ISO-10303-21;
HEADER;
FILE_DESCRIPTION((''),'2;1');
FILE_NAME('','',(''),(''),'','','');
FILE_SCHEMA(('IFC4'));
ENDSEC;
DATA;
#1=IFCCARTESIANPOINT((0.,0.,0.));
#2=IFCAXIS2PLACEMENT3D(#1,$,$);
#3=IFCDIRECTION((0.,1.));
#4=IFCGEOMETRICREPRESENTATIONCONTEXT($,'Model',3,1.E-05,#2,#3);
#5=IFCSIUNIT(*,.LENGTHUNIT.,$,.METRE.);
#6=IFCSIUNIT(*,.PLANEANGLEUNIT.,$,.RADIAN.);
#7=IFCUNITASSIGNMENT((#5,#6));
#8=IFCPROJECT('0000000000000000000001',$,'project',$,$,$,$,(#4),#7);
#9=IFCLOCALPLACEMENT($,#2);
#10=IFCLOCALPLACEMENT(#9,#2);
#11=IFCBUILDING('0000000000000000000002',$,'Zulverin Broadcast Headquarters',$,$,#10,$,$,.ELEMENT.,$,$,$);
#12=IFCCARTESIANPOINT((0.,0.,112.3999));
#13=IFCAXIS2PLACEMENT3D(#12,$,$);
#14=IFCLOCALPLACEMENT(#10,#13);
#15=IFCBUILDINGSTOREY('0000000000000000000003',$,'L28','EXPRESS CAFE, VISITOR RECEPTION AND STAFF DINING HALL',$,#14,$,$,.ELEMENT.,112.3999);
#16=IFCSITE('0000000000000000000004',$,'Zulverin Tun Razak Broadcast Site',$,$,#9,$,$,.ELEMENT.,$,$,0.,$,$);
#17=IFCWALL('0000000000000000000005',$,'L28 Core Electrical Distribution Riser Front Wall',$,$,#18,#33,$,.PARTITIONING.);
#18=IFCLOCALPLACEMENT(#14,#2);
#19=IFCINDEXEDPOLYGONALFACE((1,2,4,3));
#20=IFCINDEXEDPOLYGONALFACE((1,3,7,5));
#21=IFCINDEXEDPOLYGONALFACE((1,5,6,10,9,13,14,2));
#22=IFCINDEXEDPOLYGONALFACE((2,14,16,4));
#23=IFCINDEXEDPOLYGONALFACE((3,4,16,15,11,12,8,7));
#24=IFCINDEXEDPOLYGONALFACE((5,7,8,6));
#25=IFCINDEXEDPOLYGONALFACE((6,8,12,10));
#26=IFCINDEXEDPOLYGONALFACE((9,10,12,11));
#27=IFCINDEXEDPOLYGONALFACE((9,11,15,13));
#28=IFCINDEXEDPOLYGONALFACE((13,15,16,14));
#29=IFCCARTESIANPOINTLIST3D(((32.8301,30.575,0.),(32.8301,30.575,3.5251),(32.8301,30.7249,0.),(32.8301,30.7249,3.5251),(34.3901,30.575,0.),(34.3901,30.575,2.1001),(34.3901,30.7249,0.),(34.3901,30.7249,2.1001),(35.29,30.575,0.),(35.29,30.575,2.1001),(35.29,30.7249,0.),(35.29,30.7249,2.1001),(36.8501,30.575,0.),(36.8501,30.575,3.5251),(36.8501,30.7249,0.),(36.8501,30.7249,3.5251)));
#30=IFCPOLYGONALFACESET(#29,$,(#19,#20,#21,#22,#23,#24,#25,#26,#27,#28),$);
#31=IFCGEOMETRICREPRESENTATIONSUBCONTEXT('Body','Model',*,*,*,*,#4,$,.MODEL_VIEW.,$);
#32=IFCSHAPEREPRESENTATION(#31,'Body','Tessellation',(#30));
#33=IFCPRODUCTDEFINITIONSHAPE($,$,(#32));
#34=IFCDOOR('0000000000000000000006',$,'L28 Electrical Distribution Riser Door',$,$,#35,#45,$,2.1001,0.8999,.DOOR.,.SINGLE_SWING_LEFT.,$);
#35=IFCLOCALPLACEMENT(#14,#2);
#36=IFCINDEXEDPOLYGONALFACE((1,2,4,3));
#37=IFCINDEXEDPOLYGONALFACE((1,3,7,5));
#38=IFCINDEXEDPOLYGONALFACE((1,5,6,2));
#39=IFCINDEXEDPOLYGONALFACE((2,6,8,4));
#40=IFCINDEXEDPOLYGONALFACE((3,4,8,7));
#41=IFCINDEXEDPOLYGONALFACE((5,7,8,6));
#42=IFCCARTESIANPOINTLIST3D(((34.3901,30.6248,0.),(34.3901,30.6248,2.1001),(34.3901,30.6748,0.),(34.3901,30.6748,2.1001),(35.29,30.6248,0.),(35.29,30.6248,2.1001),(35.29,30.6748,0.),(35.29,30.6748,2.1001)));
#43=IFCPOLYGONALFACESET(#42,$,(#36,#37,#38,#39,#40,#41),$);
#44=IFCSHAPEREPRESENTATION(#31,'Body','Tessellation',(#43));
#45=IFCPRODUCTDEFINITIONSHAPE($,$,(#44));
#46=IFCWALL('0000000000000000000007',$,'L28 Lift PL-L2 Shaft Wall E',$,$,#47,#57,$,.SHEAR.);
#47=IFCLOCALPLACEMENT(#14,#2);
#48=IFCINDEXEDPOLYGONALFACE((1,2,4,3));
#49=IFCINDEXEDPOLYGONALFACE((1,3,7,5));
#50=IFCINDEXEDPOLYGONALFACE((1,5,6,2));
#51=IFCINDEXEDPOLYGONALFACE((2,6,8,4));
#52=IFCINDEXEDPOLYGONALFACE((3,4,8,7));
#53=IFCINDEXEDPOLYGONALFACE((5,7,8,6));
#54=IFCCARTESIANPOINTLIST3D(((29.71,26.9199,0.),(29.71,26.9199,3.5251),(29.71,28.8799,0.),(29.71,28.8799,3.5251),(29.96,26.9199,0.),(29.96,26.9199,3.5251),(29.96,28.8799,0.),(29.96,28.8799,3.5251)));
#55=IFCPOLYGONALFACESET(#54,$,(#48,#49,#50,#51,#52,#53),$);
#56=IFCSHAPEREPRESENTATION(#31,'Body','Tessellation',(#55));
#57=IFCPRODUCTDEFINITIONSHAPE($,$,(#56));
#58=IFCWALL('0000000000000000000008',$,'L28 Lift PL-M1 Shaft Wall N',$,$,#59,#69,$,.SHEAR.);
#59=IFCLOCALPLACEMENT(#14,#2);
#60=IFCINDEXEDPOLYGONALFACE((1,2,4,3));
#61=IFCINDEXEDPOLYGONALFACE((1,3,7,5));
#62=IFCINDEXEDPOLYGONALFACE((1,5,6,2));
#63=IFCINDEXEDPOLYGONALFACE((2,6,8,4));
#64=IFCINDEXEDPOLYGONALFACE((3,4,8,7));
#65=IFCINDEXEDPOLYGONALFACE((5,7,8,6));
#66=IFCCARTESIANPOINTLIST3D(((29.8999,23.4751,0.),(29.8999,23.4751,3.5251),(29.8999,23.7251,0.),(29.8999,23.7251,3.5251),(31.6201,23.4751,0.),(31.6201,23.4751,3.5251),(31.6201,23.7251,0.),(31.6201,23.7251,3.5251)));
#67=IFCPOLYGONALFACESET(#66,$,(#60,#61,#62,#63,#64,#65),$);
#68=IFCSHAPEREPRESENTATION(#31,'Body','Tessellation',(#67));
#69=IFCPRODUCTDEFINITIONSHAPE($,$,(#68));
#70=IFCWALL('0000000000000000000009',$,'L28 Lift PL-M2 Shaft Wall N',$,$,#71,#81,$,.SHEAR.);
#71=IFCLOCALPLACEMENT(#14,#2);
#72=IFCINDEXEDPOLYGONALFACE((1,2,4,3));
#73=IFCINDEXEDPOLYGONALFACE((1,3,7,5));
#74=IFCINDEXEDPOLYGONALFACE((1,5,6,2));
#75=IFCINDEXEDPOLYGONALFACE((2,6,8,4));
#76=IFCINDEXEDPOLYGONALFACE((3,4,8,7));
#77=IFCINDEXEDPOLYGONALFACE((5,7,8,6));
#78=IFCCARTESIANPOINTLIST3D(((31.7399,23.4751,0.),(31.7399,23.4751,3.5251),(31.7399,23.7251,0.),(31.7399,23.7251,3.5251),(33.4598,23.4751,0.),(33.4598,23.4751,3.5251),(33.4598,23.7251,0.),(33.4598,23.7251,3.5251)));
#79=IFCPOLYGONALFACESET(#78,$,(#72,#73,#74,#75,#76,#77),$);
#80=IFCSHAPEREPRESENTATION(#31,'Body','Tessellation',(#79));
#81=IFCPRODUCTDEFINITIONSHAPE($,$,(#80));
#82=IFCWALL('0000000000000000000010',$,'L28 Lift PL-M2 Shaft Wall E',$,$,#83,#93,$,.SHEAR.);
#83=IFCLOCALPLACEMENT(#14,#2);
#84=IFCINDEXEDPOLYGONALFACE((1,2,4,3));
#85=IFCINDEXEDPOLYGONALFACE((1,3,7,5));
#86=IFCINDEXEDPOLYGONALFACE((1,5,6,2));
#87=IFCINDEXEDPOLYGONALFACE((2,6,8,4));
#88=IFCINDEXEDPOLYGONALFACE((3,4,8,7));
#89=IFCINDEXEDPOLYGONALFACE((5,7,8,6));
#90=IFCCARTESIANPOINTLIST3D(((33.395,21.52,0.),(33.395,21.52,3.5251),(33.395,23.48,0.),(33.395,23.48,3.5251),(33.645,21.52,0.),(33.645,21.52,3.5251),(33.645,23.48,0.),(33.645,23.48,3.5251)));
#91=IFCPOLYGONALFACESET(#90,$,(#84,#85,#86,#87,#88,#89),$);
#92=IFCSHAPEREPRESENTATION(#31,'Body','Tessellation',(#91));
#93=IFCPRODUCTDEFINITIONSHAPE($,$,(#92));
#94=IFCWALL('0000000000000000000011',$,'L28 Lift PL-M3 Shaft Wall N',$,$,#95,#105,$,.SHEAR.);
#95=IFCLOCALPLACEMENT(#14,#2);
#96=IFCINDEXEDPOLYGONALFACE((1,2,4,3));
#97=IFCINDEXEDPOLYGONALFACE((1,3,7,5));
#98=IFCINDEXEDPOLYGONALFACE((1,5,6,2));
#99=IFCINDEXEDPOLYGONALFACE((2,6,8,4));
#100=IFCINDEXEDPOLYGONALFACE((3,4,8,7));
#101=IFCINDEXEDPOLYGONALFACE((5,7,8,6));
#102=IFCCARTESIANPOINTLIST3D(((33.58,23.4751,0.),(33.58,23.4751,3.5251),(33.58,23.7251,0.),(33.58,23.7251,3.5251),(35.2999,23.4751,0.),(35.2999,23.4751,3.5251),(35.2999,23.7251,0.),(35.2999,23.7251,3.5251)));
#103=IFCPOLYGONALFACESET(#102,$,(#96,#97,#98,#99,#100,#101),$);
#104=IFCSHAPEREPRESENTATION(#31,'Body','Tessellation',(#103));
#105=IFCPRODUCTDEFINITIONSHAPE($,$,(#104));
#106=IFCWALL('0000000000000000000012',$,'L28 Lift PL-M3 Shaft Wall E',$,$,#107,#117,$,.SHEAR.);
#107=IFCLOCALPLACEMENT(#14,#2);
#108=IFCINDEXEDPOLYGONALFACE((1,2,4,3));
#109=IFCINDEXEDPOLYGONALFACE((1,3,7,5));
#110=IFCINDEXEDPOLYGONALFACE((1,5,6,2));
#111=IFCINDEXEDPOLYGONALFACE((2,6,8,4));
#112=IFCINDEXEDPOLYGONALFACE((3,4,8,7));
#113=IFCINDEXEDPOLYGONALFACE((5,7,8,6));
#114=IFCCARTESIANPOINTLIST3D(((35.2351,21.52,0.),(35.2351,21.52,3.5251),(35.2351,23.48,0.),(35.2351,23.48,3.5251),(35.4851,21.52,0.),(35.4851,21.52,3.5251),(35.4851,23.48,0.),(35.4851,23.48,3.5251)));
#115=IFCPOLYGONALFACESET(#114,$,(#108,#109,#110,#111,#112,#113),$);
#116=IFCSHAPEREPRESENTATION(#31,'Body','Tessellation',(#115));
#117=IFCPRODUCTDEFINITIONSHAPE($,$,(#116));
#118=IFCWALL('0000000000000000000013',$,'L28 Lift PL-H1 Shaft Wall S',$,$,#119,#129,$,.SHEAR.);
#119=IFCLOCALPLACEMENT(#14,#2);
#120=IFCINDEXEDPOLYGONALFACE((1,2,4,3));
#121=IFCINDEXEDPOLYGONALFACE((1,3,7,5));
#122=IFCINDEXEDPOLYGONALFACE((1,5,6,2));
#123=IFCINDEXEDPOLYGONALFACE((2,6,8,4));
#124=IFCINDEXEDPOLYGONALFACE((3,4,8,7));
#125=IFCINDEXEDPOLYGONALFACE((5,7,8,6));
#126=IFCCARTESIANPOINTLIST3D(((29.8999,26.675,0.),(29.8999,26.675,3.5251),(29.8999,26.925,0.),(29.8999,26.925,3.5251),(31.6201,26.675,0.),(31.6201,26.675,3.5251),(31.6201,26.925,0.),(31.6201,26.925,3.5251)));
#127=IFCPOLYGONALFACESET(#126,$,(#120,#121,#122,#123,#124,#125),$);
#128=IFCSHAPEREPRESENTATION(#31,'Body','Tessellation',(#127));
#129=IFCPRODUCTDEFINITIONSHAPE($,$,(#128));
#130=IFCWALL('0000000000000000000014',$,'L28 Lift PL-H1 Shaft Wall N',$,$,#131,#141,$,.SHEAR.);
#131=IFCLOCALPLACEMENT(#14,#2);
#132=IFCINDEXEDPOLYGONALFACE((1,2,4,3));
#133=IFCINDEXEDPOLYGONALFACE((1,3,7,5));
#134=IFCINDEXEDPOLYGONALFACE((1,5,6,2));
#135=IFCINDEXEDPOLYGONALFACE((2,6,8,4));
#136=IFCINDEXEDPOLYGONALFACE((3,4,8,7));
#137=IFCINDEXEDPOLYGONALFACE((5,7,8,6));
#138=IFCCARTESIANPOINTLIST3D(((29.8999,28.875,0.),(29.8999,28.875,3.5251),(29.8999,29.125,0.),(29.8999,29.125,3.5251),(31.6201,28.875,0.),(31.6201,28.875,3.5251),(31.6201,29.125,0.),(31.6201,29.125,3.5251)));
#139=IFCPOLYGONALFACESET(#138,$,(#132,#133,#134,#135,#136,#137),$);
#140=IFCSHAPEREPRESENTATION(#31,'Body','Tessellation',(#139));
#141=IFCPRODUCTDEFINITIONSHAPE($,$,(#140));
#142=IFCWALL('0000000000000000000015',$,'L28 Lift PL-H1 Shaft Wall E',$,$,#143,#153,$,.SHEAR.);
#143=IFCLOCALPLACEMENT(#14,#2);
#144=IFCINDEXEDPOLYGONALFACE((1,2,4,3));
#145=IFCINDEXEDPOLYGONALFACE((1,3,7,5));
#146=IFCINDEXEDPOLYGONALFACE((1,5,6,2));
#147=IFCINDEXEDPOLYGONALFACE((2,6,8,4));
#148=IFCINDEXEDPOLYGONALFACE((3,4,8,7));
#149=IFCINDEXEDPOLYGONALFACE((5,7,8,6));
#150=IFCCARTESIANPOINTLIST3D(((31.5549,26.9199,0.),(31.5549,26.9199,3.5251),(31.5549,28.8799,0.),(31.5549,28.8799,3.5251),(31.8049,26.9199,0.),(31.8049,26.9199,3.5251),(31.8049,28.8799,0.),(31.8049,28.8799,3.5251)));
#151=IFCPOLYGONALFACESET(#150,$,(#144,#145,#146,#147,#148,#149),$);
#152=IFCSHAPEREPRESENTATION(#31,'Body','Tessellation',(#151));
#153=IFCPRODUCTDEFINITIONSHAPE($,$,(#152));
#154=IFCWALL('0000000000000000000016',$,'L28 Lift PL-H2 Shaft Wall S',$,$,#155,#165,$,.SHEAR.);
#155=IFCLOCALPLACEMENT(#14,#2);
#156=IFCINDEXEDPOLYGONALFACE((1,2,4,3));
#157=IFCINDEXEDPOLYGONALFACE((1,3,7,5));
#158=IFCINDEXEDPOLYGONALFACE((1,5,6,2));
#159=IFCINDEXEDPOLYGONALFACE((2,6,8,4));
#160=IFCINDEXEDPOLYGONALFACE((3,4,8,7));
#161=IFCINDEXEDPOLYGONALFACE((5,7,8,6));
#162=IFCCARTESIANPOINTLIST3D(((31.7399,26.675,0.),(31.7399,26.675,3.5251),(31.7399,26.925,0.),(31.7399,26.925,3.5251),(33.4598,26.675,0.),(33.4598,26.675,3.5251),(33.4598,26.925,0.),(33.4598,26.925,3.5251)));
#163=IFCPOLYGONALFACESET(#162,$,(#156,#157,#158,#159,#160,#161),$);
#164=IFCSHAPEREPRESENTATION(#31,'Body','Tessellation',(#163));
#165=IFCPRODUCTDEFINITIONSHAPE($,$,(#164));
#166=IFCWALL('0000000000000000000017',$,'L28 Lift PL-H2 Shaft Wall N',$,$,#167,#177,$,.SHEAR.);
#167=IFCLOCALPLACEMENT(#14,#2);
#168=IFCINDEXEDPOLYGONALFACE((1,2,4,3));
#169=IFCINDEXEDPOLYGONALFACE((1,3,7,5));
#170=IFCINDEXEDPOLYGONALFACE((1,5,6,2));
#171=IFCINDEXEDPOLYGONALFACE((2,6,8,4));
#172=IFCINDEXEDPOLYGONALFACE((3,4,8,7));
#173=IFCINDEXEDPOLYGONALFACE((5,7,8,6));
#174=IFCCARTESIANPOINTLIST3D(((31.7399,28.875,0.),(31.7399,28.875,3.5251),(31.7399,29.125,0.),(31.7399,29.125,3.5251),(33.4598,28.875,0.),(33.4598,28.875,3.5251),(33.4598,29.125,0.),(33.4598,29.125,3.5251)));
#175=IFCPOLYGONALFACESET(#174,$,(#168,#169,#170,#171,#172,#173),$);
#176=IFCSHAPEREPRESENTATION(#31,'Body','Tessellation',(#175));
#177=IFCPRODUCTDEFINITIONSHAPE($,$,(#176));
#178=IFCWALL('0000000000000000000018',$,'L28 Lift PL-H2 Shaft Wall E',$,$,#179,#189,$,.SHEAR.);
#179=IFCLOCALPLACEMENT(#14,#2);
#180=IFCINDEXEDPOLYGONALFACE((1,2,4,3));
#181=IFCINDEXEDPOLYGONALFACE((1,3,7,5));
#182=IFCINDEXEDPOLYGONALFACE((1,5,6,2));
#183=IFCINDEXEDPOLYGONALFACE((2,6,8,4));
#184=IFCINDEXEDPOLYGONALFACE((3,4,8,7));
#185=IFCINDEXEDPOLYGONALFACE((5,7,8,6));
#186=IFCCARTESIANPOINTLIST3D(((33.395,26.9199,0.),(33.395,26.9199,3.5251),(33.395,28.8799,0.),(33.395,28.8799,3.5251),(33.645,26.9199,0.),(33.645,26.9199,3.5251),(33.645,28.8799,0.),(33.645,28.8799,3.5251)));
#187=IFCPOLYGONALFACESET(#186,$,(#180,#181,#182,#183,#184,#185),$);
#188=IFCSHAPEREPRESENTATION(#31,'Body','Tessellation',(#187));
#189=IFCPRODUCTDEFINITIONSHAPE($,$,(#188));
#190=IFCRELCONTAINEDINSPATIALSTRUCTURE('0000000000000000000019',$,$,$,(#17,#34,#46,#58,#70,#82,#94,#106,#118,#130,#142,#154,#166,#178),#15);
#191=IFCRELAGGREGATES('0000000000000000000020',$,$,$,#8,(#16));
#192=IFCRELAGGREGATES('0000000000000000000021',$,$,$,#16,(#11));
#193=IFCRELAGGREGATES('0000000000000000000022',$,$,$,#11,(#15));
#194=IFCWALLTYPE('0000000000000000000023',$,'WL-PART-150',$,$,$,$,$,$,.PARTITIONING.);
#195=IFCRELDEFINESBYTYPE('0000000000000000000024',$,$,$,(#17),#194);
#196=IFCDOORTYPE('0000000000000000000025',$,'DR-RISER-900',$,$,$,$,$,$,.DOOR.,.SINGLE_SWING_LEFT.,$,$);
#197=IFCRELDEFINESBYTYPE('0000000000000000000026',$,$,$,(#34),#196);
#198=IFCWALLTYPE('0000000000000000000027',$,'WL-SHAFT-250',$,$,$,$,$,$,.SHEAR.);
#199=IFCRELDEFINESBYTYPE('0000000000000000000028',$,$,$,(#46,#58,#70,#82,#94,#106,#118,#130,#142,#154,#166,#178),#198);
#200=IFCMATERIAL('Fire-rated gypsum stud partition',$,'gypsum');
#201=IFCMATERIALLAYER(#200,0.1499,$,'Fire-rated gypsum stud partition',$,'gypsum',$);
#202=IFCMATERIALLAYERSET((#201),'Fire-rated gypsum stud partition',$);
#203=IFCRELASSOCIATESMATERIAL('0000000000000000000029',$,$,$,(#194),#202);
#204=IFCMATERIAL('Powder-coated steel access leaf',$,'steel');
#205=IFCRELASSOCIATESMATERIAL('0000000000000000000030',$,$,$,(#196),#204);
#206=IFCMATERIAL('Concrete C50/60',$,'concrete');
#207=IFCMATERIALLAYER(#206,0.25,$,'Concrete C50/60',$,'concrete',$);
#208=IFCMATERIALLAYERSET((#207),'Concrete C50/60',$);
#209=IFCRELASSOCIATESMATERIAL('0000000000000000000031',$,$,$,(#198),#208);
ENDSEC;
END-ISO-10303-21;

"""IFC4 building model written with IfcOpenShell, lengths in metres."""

from ifc_helpers import new_model, si_unit, direction, frame, frame_2d, origin, place, context, subcontext, project, spatial, rectangle, extrude, material, layer, layer_set, type_object, element, fill, save


model = new_model("IFC4")

# Units and contexts
model_context = context("Model", 3, precision=1e-05, world=origin(), true_north=direction((0.0, 1.0)))
body_context = subcontext(model_context, "Body", "Model", "MODEL_VIEW")
ifc_project = project(units=[si_unit("LENGTHUNIT", "METRE"), si_unit("PLANEANGLEUNIT", "RADIAN")], contexts=[model_context])

# Site, building, storey
site_placement = place(None, origin())
site = spatial("IfcSite", under=ifc_project, at=site_placement, Name="Zulverin Tun Razak Broadcast Site", CompositionType="ELEMENT", RefElevation=0.0)
building_placement = place(site_placement, origin())
building = spatial("IfcBuilding", under=site, at=building_placement, Name="Zulverin Broadcast Headquarters", CompositionType="ELEMENT")
storey_placement = place(building_placement, frame((0.0, 0.0, 112.3999)))
storey = spatial("IfcBuildingStorey", under=building, at=storey_placement, Name="L28", Description="EXPRESS CAFE, VISITOR RECEPTION AND STAFF DINING HALL", CompositionType="ELEMENT", Elevation=112.3999)

# Wall, opening, door
ifc_material_1 = material(Name="Fire-rated gypsum stud partition", Category="gypsum")
ifc_layer_1 = layer(ifc_material_1, 0.1499, Name="Fire-rated gypsum stud partition", Category="gypsum")
ifc_layer_set_1 = layer_set([ifc_layer_1], Name="Fire-rated gypsum stud partition")
wall_type_1 = type_object("IfcWallType", Name="WL-PART-150", PredefinedType="PARTITIONING", material=ifc_layer_set_1)
wall_1_placement = place(storey_placement, frame((32.8301, 30.6499, 0.0), z_axis=(0.0, 0.0, 1.0), x_axis=(1.0, 0.0, 0.0)))
wall_1 = element("IfcWall", 1, at=wall_1_placement, inside=storey, type_object=wall_type_1, Name="L28 Core Electrical Distribution Riser Front Wall", PredefinedType="PARTITIONING", context=body_context, shape_type="SweptSolid", body=[
    extrude(rectangle(XDim=4.02, YDim=0.1499, at=frame_2d((2.01, 0.0))), origin(), (0.0, 0.0, 1.0), 3.5251),
])
opening_placement = place(wall_1_placement, frame((1.5601, 0.0, 0.0)))
opening = element("IfcOpeningElement", 2, at=opening_placement, cuts=wall_1, PredefinedType="OPENING", context=body_context, shape_type="SweptSolid", body=[
    extrude(rectangle(XDim=0.8999, YDim=2.1001, at=frame_2d((0.45, 1.05))), frame((0.0, 0.085, 0.0), z_axis=(0.0, -1.0, 0.0), x_axis=(1.0, 0.0, 0.0)), (0.0, 0.0, 1.0), 0.1699),
])
ifc_material_2 = material(Name="Powder-coated steel access leaf", Category="steel")
door_type = type_object("IfcDoorType", Name="DR-RISER-900", OperationType="SINGLE_SWING_LEFT", PredefinedType="DOOR", material=ifc_material_2)
door_placement = place(opening_placement, origin())
door = element("IfcDoor", 3, at=door_placement, inside=storey, type_object=door_type, Name="L28 Electrical Distribution Riser Door", OperationType="SINGLE_SWING_LEFT", OverallHeight=2.1001, OverallWidth=0.8999, PredefinedType="DOOR", context=body_context, shape_type="SweptSolid", body=[
    extrude(rectangle(XDim=0.8999, YDim=2.1001, at=frame_2d((0.45, 1.05))), frame((0.0, 0.0249, 0.0), z_axis=(0.0, -1.0, 0.0), x_axis=(1.0, 0.0, 0.0)), (0.0, 0.0, 1.0), 0.05),
])
fill(opening, door)

# Walls
ifc_material_3 = material(Name="Concrete C50/60", Category="concrete")
ifc_layer_2 = layer(ifc_material_3, 0.25, Name="Concrete C50/60", Category="concrete")
ifc_layer_set_2 = layer_set([ifc_layer_2], Name="Concrete C50/60")
wall_type_2 = type_object("IfcWallType", Name="WL-SHAFT-250", PredefinedType="SHEAR", material=ifc_layer_set_2)
wall_2_placement = place(storey_placement, frame((29.835, 26.9199, 0.0), z_axis=(0.0, 0.0, 1.0), x_axis=(0.0, 1.0, 0.0)))
element("IfcWall", 4, at=wall_2_placement, inside=storey, type_object=wall_type_2, Name="L28 Lift PL-L2 Shaft Wall E", PredefinedType="SHEAR", context=body_context, shape_type="SweptSolid", body=[
    extrude(rectangle(XDim=1.96, YDim=0.25, at=frame_2d((0.98, 0.0))), origin(), (0.0, 0.0, 1.0), 3.5251),
])
wall_3_placement = place(storey_placement, frame((29.8999, 23.6001, 0.0), z_axis=(0.0, 0.0, 1.0), x_axis=(1.0, 0.0, 0.0)))
element("IfcWall", 5, at=wall_3_placement, inside=storey, type_object=wall_type_2, Name="L28 Lift PL-M1 Shaft Wall N", PredefinedType="SHEAR", context=body_context, shape_type="SweptSolid", body=[
    extrude(rectangle(XDim=1.7202, YDim=0.25, at=frame_2d((0.8601, 0.0))), origin(), (0.0, 0.0, 1.0), 3.5251),
])
wall_4_placement = place(storey_placement, frame((31.74, 23.6001, 0.0), z_axis=(0.0, 0.0, 1.0), x_axis=(1.0, 0.0, 0.0)))
element("IfcWall", 6, at=wall_4_placement, inside=storey, type_object=wall_type_2, Name="L28 Lift PL-M2 Shaft Wall N", PredefinedType="SHEAR", context=body_context, shape_type="SweptSolid", body=[
    extrude(rectangle(XDim=1.72, YDim=0.25, at=frame_2d((0.8599, 0.0))), origin(), (0.0, 0.0, 1.0), 3.5251),
])
wall_5_placement = place(storey_placement, frame((33.52, 21.52, 0.0), z_axis=(0.0, 0.0, 1.0), x_axis=(0.0, 1.0, 0.0)))
element("IfcWall", 7, at=wall_5_placement, inside=storey, type_object=wall_type_2, Name="L28 Lift PL-M2 Shaft Wall E", PredefinedType="SHEAR", context=body_context, shape_type="SweptSolid", body=[
    extrude(rectangle(XDim=1.96, YDim=0.25, at=frame_2d((0.98, 0.0))), origin(), (0.0, 0.0, 1.0), 3.5251),
])
wall_6_placement = place(storey_placement, frame((33.5801, 23.6001, 0.0), z_axis=(0.0, 0.0, 1.0), x_axis=(1.0, 0.0, 0.0)))
element("IfcWall", 8, at=wall_6_placement, inside=storey, type_object=wall_type_2, Name="L28 Lift PL-M3 Shaft Wall N", PredefinedType="SHEAR", context=body_context, shape_type="SweptSolid", body=[
    extrude(rectangle(XDim=1.72, YDim=0.25, at=frame_2d((0.8599, 0.0))), origin(), (0.0, 0.0, 1.0), 3.5251),
])
wall_7_placement = place(storey_placement, frame((35.3601, 21.52, 0.0), z_axis=(0.0, 0.0, 1.0), x_axis=(0.0, 1.0, 0.0)))
element("IfcWall", 9, at=wall_7_placement, inside=storey, type_object=wall_type_2, Name="L28 Lift PL-M3 Shaft Wall E", PredefinedType="SHEAR", context=body_context, shape_type="SweptSolid", body=[
    extrude(rectangle(XDim=1.96, YDim=0.25, at=frame_2d((0.98, 0.0))), origin(), (0.0, 0.0, 1.0), 3.5251),
])
for number, where, z_axis, x_axis, name in (
    (10, (29.8999, 26.8, 0.0), (0.0, 0.0, 1.0), (1.0, 0.0, 0.0), "L28 Lift PL-H1 Shaft Wall S"),
    (11, (29.8999, 29.0, 0.0), (0.0, 0.0, 1.0), (1.0, 0.0, 0.0), "L28 Lift PL-H1 Shaft Wall N"),
):
    element("IfcWall", number, at=place(storey_placement, frame(where, z_axis=z_axis, x_axis=x_axis)), inside=storey, type_object=wall_type_2, Name=name, PredefinedType="SHEAR", context=body_context, shape_type="SweptSolid", body=[
        extrude(rectangle(XDim=1.7202, YDim=0.25, at=frame_2d((0.8601, 0.0))), origin(), (0.0, 0.0, 1.0), 3.5251),
    ])
wall_8_placement = place(storey_placement, frame((31.6799, 26.9199, 0.0), z_axis=(0.0, 0.0, 1.0), x_axis=(0.0, 1.0, 0.0)))
element("IfcWall", 12, at=wall_8_placement, inside=storey, type_object=wall_type_2, Name="L28 Lift PL-H1 Shaft Wall E", PredefinedType="SHEAR", context=body_context, shape_type="SweptSolid", body=[
    extrude(rectangle(XDim=1.96, YDim=0.25, at=frame_2d((0.98, 0.0))), origin(), (0.0, 0.0, 1.0), 3.5251),
])
for number, where, z_axis, x_axis, name in (
    (13, (31.74, 26.8, 0.0), (0.0, 0.0, 1.0), (1.0, 0.0, 0.0), "L28 Lift PL-H2 Shaft Wall S"),
    (14, (31.74, 29.0, 0.0), (0.0, 0.0, 1.0), (1.0, 0.0, 0.0), "L28 Lift PL-H2 Shaft Wall N"),
):
    element("IfcWall", number, at=place(storey_placement, frame(where, z_axis=z_axis, x_axis=x_axis)), inside=storey, type_object=wall_type_2, Name=name, PredefinedType="SHEAR", context=body_context, shape_type="SweptSolid", body=[
        extrude(rectangle(XDim=1.72, YDim=0.25, at=frame_2d((0.8599, 0.0))), origin(), (0.0, 0.0, 1.0), 3.5251),
    ])
wall_9_placement = place(storey_placement, frame((33.52, 26.9199, 0.0), z_axis=(0.0, 0.0, 1.0), x_axis=(0.0, 1.0, 0.0)))
element("IfcWall", 15, at=wall_9_placement, inside=storey, type_object=wall_type_2, Name="L28 Lift PL-H2 Shaft Wall E", PredefinedType="SHEAR", context=body_context, shape_type="SweptSolid", body=[
    extrude(rectangle(XDim=1.96, YDim=0.25, at=frame_2d((0.98, 0.0))), origin(), (0.0, 0.0, 1.0), 3.5251),
])

save(model, "model.ifc")
